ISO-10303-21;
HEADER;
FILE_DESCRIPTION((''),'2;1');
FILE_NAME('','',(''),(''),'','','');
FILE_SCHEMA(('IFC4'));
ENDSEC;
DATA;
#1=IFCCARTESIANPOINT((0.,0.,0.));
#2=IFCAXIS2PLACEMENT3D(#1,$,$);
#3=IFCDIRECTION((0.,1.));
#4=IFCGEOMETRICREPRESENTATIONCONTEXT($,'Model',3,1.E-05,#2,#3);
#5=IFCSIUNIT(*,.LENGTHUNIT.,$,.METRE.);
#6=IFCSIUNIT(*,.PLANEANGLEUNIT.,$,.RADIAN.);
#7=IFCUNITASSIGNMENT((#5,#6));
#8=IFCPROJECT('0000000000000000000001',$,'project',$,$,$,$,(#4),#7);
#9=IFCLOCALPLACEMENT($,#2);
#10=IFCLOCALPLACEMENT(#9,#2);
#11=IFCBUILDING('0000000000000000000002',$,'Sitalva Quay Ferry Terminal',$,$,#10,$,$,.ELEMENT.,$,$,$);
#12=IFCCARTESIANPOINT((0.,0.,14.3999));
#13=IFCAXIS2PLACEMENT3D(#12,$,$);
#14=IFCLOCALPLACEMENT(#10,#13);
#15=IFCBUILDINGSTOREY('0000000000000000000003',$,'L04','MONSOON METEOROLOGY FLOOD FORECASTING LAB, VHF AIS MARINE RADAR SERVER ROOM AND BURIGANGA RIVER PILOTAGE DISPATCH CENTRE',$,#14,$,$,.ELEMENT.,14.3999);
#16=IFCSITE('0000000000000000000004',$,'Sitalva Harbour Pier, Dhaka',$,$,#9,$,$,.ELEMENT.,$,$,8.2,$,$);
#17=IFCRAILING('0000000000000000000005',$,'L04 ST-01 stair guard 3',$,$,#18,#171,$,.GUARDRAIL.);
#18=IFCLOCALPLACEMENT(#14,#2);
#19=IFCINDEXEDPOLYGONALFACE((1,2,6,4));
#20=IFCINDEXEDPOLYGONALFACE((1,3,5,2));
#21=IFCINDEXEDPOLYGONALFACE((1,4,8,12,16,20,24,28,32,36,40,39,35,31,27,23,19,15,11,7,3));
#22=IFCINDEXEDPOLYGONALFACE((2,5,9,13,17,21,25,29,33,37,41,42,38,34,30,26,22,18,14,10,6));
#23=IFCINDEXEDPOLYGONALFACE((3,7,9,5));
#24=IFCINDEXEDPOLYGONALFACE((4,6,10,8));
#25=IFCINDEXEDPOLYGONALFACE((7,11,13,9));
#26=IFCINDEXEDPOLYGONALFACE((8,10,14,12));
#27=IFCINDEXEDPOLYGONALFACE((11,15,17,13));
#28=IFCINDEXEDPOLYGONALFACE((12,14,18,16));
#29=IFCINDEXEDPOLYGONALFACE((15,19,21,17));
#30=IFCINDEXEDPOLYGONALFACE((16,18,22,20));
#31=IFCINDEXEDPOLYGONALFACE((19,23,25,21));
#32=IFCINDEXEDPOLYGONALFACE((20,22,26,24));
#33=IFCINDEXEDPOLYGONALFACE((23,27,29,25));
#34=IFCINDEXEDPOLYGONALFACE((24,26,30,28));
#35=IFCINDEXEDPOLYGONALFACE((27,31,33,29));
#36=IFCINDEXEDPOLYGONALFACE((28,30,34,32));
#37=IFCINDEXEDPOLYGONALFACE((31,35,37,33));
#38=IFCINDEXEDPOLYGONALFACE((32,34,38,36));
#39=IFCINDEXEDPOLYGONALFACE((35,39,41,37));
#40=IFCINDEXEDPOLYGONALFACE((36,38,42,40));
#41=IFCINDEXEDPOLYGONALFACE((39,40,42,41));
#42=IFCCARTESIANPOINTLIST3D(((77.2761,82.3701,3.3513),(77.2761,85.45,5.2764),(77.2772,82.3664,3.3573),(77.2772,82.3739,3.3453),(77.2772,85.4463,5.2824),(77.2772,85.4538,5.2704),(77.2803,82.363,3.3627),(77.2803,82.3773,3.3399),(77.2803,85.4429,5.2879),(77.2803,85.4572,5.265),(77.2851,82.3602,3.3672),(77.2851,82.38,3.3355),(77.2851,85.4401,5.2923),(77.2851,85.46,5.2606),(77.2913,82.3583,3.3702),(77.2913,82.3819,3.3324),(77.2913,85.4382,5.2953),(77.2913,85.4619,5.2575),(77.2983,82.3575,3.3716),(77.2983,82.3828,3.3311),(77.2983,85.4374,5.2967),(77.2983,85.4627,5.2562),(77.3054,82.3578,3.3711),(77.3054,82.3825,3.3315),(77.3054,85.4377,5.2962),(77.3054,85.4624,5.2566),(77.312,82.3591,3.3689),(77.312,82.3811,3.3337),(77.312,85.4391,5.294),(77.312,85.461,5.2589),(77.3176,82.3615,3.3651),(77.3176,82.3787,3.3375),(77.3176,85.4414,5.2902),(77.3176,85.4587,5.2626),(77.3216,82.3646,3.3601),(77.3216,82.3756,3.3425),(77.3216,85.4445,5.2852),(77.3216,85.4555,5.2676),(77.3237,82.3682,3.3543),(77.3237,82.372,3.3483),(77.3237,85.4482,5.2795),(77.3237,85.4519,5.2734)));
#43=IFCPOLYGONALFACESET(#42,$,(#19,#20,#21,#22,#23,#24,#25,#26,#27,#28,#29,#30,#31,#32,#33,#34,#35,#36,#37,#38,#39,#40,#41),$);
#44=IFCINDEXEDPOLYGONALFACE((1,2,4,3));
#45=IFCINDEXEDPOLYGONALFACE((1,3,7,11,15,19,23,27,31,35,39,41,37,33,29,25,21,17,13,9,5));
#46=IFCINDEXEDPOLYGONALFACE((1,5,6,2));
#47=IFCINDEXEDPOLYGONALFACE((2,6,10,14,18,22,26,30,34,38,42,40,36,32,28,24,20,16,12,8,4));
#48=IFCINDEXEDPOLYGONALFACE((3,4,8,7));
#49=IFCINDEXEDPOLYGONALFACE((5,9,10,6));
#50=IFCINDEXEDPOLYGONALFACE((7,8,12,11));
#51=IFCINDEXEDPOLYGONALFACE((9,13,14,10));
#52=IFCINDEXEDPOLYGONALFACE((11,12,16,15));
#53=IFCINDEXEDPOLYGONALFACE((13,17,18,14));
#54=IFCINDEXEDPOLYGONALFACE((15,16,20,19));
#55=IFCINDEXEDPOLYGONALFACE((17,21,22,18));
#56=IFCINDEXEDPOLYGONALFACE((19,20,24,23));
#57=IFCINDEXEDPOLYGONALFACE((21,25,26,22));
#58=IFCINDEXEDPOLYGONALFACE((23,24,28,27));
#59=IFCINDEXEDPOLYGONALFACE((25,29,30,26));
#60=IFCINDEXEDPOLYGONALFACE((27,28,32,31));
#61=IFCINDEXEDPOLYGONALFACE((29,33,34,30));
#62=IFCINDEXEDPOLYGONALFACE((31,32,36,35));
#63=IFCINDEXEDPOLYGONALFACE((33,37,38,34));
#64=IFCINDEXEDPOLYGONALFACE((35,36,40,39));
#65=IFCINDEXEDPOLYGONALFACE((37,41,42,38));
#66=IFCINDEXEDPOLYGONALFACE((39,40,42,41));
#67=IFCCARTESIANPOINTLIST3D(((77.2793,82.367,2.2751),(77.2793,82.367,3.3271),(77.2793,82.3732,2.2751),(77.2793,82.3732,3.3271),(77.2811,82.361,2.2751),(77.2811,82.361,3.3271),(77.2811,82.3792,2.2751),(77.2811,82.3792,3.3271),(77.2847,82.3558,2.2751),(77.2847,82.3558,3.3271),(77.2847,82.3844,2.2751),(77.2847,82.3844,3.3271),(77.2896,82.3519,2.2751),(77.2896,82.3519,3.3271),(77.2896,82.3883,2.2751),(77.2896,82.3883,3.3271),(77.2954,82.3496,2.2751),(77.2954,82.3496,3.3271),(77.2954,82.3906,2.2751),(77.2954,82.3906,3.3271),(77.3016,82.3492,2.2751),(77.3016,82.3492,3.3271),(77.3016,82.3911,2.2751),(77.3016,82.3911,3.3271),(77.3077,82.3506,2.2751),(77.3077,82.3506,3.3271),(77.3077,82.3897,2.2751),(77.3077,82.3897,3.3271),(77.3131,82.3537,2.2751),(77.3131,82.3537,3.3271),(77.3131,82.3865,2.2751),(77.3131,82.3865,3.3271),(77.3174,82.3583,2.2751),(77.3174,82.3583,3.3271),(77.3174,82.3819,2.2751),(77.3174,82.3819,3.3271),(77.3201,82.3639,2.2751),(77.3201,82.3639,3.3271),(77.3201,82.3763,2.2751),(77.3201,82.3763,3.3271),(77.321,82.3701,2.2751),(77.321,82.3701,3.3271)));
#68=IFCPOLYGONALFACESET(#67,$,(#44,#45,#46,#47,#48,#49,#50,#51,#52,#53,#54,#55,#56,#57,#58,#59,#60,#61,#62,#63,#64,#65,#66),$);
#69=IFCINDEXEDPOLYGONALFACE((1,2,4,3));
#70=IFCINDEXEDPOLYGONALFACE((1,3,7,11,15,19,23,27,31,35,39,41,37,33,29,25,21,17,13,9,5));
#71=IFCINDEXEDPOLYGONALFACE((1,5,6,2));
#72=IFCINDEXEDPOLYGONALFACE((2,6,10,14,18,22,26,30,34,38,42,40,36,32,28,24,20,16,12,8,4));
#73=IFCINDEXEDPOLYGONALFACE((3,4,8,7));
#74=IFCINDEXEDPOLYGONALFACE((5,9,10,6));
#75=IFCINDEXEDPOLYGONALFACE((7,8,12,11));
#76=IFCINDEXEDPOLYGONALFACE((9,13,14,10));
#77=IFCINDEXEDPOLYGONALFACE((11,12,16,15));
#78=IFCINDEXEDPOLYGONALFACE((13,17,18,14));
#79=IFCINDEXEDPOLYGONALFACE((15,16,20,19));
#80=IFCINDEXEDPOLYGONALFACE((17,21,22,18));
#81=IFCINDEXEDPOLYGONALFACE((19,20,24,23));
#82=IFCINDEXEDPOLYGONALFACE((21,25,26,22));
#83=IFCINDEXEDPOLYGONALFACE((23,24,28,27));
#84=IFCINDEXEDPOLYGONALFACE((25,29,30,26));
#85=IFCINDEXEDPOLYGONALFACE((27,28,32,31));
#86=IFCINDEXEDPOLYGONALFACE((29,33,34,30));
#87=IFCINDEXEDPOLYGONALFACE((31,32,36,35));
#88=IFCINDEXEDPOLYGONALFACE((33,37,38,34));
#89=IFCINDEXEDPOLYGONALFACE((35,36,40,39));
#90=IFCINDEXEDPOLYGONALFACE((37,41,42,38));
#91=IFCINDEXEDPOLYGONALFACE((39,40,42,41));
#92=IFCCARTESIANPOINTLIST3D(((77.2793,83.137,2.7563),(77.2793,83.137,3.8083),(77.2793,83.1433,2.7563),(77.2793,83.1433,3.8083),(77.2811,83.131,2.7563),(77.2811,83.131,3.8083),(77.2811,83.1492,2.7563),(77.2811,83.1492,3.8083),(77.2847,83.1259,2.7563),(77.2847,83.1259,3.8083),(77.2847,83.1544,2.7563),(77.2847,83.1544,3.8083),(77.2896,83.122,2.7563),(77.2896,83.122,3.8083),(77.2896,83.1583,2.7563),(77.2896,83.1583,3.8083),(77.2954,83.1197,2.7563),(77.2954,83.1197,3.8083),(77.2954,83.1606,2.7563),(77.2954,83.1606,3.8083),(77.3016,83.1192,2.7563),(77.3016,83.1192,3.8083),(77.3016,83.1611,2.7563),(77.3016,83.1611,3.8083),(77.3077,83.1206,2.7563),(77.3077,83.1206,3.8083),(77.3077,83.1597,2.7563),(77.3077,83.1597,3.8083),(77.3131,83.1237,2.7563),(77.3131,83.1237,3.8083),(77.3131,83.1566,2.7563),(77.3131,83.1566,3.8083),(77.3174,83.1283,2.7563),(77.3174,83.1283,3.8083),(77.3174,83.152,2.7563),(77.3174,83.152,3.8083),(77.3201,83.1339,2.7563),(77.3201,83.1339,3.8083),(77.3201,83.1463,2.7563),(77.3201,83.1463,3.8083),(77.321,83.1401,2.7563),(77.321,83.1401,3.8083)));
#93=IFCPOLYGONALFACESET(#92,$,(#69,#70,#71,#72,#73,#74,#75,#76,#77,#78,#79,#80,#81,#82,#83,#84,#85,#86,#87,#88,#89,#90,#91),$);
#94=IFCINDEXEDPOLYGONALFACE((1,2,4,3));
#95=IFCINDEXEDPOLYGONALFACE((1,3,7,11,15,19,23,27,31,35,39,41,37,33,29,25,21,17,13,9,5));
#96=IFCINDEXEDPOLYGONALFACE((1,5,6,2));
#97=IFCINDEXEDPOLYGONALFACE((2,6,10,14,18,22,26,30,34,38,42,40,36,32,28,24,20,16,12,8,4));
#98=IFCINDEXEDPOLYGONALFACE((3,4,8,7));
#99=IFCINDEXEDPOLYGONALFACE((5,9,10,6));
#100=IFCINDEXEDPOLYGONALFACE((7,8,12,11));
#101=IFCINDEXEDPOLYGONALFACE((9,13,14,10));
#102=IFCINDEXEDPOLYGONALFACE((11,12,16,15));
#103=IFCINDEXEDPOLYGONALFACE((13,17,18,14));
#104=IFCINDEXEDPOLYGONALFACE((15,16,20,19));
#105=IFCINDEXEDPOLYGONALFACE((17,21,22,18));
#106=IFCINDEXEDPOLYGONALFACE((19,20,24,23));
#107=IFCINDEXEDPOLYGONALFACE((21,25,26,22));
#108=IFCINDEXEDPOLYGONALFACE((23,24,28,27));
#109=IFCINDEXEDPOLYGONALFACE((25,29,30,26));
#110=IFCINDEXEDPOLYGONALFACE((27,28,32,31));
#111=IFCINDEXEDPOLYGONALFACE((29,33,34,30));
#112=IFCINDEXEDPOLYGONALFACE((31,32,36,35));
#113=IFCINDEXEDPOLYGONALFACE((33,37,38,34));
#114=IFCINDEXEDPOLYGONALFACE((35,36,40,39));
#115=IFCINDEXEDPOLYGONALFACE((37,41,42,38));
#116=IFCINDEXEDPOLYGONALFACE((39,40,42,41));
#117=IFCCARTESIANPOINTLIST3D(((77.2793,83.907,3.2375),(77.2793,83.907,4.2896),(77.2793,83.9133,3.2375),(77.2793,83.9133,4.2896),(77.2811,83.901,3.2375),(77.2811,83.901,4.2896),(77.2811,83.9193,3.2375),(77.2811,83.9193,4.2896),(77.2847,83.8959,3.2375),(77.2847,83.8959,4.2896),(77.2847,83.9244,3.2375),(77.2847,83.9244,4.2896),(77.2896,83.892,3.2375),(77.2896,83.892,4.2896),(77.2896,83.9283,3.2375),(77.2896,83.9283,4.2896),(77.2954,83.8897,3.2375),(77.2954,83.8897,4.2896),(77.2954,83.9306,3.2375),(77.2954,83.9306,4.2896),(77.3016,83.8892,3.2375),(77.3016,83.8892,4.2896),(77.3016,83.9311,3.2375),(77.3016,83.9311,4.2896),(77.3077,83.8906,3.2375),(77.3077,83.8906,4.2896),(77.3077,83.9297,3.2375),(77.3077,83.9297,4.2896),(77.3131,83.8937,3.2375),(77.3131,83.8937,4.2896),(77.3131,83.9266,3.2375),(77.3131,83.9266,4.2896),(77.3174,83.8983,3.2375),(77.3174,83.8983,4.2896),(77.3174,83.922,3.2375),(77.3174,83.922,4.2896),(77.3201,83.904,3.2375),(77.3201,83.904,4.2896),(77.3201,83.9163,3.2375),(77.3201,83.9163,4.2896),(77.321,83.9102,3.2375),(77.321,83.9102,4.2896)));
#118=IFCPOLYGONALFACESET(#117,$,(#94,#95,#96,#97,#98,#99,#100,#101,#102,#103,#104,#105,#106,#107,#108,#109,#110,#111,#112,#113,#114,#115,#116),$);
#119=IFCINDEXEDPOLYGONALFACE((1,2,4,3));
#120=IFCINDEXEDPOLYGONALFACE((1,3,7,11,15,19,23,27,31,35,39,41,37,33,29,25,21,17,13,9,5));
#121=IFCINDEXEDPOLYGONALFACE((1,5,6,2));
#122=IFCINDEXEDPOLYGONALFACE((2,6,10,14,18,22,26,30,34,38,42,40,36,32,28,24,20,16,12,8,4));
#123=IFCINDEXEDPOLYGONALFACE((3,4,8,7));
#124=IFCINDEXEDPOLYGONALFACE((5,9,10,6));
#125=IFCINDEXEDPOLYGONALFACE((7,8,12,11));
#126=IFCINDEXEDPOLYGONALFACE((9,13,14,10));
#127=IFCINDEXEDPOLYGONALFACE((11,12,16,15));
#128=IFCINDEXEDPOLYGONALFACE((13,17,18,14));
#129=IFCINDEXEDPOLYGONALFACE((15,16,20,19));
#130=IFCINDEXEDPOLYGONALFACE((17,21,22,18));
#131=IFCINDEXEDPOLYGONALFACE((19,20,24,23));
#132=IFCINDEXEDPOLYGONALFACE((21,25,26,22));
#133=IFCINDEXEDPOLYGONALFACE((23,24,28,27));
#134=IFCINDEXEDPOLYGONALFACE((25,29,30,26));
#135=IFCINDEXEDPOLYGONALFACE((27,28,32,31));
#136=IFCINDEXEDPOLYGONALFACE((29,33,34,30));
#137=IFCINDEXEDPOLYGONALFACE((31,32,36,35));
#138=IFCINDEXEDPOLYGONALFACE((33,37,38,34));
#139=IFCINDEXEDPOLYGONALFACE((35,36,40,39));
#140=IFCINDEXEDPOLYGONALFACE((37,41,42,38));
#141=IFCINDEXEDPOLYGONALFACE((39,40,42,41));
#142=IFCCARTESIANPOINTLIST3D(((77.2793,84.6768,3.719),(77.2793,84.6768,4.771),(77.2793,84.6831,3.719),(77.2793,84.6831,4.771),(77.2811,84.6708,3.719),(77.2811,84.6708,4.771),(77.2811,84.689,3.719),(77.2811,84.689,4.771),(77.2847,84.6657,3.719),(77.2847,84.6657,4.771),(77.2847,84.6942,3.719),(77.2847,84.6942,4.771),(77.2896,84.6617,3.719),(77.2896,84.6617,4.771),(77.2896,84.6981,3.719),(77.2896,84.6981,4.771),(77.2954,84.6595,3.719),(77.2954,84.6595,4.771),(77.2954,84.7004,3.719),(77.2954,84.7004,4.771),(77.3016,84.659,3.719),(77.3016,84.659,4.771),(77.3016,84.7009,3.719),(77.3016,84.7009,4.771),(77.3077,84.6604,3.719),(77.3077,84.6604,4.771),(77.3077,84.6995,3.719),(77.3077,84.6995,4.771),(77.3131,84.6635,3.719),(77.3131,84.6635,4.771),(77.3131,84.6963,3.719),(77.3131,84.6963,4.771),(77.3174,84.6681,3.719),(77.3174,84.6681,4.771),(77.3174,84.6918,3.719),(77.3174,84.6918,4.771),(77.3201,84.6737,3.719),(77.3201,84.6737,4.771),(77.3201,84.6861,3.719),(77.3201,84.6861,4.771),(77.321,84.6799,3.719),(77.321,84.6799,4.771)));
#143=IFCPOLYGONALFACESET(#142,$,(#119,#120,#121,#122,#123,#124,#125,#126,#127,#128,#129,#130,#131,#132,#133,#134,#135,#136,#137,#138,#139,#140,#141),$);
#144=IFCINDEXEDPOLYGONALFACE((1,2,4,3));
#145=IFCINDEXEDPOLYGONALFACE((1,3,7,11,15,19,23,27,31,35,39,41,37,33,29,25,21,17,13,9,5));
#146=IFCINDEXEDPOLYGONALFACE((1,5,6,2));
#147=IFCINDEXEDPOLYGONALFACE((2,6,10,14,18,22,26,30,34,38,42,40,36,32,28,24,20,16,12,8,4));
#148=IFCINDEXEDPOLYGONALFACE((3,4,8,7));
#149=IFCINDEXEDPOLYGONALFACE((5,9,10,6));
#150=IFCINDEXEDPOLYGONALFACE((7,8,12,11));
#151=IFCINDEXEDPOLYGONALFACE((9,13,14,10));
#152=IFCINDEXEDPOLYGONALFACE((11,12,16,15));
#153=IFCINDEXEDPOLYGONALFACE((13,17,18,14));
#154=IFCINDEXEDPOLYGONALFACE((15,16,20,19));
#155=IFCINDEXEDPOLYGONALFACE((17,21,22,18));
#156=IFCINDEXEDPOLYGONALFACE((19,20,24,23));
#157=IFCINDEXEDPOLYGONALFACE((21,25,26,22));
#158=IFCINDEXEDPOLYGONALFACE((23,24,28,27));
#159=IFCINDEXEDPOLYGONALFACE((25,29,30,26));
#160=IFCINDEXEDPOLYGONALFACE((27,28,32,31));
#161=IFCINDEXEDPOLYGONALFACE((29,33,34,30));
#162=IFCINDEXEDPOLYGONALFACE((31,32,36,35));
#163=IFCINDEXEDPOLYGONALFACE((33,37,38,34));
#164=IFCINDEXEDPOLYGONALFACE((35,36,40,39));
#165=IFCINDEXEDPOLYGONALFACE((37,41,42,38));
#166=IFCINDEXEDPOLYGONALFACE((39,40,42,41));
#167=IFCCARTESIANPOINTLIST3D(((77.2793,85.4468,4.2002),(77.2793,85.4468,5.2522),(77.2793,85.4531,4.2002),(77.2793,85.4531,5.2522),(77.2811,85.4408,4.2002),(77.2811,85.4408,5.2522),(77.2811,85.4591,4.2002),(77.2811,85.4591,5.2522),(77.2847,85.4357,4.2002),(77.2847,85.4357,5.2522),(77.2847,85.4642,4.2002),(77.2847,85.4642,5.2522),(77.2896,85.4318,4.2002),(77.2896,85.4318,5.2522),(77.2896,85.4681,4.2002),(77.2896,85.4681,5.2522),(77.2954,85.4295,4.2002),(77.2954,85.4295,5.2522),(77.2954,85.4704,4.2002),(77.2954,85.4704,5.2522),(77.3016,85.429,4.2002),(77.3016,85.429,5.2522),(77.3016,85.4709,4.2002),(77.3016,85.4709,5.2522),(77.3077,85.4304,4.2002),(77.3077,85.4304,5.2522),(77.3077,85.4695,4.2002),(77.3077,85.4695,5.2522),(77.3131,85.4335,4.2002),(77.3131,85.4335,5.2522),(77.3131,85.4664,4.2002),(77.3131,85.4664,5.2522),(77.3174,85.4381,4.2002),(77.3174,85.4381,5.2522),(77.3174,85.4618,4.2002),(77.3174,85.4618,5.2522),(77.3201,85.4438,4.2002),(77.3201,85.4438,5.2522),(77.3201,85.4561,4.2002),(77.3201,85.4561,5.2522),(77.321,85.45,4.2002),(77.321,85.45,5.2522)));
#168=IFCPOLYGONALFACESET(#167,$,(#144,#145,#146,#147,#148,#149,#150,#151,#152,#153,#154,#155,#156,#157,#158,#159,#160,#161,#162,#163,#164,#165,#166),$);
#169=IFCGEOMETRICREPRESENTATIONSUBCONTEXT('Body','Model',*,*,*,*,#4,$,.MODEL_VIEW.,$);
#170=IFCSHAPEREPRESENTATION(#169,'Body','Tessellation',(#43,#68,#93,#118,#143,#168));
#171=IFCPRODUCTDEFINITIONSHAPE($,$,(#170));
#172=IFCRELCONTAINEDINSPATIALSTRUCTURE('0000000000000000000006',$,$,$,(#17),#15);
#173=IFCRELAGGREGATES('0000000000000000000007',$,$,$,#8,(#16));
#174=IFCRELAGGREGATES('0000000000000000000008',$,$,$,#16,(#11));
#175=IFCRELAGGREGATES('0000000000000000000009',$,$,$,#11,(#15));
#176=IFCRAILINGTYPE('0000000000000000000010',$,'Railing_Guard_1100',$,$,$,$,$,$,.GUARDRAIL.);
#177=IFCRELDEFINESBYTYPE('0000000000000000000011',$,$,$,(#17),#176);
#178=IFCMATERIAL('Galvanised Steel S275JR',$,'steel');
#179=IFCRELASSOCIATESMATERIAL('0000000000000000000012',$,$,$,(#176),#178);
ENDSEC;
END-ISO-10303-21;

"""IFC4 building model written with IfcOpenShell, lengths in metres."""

from ifc_helpers import new_model, si_unit, direction, frame, origin, origin_2d, place, context, subcontext, project, spatial, circle, extrude, material, type_object, element, save


model = new_model("IFC4")

# Units and contexts
model_context = context("Model", 3, precision=1e-05, world=origin(), true_north=direction((0.0, 1.0)))
body_context = subcontext(model_context, "Body", "Model", "MODEL_VIEW")
ifc_project = project(units=[si_unit("LENGTHUNIT", "METRE"), si_unit("PLANEANGLEUNIT", "RADIAN")], contexts=[model_context])

# Site, building, storey
site_placement = place(None, origin())
site = spatial("IfcSite", under=ifc_project, at=site_placement, Name="Sitalva Harbour Pier, Dhaka", CompositionType="ELEMENT", RefElevation=8.2)
building_placement = place(site_placement, origin())
building = spatial("IfcBuilding", under=site, at=building_placement, Name="Sitalva Quay Ferry Terminal", CompositionType="ELEMENT")
storey_placement = place(building_placement, frame((0.0, 0.0, 14.3999)))
storey = spatial("IfcBuildingStorey", under=building, at=storey_placement, Name="L04", Description="MONSOON METEOROLOGY FLOOD FORECASTING LAB, VHF AIS MARINE RADAR SERVER ROOM AND BURIGANGA RIVER PILOTAGE DISPATCH CENTRE", CompositionType="ELEMENT", Elevation=14.3999)

# Railing
ifc_material_1 = material(Name="Galvanised Steel S275JR", Category="steel")
railing_type_1 = type_object("IfcRailingType", Name="Railing_Guard_1100", PredefinedType="GUARDRAIL", material=ifc_material_1)
railing_1_placement = place(storey_placement, frame((77.3, 82.3701, 2.2751)))
element("IfcRailing", 1, at=railing_1_placement, inside=storey, type_object=railing_type_1, Name="L04 ST-01 stair guard 3", PredefinedType="GUARDRAIL", context=body_context, shape_type="SweptSolid", body=[
    extrude(circle(Radius=0.0239, at=origin_2d()), frame((0.0, 0.0, 1.0762), z_axis=(0.0, 0.847979, 0.530029), x_axis=(-1.0, 0.0, 0.0)), (0.0, 0.0, 1.0), 3.6321),
    extrude(circle(Radius=0.021, at=origin_2d()), origin(), (0.0, 0.0, 1.0), 1.052),
    extrude(circle(Radius=0.021, at=origin_2d()), frame((0.0, 0.77, 0.4812)), (0.0, 0.0, 1.0), 1.052),
    extrude(circle(Radius=0.021, at=origin_2d()), frame((0.0, 1.54, 0.9624)), (0.0, 0.0, 1.0), 1.052),
    extrude(circle(Radius=0.021, at=origin_2d()), frame((0.0, 2.3098, 1.4438)), (0.0, 0.0, 1.0), 1.052),
    extrude(circle(Radius=0.021, at=origin_2d()), frame((0.0, 3.0798, 1.925)), (0.0, 0.0, 1.0), 1.052),
])

save(model, "model.ifc")
